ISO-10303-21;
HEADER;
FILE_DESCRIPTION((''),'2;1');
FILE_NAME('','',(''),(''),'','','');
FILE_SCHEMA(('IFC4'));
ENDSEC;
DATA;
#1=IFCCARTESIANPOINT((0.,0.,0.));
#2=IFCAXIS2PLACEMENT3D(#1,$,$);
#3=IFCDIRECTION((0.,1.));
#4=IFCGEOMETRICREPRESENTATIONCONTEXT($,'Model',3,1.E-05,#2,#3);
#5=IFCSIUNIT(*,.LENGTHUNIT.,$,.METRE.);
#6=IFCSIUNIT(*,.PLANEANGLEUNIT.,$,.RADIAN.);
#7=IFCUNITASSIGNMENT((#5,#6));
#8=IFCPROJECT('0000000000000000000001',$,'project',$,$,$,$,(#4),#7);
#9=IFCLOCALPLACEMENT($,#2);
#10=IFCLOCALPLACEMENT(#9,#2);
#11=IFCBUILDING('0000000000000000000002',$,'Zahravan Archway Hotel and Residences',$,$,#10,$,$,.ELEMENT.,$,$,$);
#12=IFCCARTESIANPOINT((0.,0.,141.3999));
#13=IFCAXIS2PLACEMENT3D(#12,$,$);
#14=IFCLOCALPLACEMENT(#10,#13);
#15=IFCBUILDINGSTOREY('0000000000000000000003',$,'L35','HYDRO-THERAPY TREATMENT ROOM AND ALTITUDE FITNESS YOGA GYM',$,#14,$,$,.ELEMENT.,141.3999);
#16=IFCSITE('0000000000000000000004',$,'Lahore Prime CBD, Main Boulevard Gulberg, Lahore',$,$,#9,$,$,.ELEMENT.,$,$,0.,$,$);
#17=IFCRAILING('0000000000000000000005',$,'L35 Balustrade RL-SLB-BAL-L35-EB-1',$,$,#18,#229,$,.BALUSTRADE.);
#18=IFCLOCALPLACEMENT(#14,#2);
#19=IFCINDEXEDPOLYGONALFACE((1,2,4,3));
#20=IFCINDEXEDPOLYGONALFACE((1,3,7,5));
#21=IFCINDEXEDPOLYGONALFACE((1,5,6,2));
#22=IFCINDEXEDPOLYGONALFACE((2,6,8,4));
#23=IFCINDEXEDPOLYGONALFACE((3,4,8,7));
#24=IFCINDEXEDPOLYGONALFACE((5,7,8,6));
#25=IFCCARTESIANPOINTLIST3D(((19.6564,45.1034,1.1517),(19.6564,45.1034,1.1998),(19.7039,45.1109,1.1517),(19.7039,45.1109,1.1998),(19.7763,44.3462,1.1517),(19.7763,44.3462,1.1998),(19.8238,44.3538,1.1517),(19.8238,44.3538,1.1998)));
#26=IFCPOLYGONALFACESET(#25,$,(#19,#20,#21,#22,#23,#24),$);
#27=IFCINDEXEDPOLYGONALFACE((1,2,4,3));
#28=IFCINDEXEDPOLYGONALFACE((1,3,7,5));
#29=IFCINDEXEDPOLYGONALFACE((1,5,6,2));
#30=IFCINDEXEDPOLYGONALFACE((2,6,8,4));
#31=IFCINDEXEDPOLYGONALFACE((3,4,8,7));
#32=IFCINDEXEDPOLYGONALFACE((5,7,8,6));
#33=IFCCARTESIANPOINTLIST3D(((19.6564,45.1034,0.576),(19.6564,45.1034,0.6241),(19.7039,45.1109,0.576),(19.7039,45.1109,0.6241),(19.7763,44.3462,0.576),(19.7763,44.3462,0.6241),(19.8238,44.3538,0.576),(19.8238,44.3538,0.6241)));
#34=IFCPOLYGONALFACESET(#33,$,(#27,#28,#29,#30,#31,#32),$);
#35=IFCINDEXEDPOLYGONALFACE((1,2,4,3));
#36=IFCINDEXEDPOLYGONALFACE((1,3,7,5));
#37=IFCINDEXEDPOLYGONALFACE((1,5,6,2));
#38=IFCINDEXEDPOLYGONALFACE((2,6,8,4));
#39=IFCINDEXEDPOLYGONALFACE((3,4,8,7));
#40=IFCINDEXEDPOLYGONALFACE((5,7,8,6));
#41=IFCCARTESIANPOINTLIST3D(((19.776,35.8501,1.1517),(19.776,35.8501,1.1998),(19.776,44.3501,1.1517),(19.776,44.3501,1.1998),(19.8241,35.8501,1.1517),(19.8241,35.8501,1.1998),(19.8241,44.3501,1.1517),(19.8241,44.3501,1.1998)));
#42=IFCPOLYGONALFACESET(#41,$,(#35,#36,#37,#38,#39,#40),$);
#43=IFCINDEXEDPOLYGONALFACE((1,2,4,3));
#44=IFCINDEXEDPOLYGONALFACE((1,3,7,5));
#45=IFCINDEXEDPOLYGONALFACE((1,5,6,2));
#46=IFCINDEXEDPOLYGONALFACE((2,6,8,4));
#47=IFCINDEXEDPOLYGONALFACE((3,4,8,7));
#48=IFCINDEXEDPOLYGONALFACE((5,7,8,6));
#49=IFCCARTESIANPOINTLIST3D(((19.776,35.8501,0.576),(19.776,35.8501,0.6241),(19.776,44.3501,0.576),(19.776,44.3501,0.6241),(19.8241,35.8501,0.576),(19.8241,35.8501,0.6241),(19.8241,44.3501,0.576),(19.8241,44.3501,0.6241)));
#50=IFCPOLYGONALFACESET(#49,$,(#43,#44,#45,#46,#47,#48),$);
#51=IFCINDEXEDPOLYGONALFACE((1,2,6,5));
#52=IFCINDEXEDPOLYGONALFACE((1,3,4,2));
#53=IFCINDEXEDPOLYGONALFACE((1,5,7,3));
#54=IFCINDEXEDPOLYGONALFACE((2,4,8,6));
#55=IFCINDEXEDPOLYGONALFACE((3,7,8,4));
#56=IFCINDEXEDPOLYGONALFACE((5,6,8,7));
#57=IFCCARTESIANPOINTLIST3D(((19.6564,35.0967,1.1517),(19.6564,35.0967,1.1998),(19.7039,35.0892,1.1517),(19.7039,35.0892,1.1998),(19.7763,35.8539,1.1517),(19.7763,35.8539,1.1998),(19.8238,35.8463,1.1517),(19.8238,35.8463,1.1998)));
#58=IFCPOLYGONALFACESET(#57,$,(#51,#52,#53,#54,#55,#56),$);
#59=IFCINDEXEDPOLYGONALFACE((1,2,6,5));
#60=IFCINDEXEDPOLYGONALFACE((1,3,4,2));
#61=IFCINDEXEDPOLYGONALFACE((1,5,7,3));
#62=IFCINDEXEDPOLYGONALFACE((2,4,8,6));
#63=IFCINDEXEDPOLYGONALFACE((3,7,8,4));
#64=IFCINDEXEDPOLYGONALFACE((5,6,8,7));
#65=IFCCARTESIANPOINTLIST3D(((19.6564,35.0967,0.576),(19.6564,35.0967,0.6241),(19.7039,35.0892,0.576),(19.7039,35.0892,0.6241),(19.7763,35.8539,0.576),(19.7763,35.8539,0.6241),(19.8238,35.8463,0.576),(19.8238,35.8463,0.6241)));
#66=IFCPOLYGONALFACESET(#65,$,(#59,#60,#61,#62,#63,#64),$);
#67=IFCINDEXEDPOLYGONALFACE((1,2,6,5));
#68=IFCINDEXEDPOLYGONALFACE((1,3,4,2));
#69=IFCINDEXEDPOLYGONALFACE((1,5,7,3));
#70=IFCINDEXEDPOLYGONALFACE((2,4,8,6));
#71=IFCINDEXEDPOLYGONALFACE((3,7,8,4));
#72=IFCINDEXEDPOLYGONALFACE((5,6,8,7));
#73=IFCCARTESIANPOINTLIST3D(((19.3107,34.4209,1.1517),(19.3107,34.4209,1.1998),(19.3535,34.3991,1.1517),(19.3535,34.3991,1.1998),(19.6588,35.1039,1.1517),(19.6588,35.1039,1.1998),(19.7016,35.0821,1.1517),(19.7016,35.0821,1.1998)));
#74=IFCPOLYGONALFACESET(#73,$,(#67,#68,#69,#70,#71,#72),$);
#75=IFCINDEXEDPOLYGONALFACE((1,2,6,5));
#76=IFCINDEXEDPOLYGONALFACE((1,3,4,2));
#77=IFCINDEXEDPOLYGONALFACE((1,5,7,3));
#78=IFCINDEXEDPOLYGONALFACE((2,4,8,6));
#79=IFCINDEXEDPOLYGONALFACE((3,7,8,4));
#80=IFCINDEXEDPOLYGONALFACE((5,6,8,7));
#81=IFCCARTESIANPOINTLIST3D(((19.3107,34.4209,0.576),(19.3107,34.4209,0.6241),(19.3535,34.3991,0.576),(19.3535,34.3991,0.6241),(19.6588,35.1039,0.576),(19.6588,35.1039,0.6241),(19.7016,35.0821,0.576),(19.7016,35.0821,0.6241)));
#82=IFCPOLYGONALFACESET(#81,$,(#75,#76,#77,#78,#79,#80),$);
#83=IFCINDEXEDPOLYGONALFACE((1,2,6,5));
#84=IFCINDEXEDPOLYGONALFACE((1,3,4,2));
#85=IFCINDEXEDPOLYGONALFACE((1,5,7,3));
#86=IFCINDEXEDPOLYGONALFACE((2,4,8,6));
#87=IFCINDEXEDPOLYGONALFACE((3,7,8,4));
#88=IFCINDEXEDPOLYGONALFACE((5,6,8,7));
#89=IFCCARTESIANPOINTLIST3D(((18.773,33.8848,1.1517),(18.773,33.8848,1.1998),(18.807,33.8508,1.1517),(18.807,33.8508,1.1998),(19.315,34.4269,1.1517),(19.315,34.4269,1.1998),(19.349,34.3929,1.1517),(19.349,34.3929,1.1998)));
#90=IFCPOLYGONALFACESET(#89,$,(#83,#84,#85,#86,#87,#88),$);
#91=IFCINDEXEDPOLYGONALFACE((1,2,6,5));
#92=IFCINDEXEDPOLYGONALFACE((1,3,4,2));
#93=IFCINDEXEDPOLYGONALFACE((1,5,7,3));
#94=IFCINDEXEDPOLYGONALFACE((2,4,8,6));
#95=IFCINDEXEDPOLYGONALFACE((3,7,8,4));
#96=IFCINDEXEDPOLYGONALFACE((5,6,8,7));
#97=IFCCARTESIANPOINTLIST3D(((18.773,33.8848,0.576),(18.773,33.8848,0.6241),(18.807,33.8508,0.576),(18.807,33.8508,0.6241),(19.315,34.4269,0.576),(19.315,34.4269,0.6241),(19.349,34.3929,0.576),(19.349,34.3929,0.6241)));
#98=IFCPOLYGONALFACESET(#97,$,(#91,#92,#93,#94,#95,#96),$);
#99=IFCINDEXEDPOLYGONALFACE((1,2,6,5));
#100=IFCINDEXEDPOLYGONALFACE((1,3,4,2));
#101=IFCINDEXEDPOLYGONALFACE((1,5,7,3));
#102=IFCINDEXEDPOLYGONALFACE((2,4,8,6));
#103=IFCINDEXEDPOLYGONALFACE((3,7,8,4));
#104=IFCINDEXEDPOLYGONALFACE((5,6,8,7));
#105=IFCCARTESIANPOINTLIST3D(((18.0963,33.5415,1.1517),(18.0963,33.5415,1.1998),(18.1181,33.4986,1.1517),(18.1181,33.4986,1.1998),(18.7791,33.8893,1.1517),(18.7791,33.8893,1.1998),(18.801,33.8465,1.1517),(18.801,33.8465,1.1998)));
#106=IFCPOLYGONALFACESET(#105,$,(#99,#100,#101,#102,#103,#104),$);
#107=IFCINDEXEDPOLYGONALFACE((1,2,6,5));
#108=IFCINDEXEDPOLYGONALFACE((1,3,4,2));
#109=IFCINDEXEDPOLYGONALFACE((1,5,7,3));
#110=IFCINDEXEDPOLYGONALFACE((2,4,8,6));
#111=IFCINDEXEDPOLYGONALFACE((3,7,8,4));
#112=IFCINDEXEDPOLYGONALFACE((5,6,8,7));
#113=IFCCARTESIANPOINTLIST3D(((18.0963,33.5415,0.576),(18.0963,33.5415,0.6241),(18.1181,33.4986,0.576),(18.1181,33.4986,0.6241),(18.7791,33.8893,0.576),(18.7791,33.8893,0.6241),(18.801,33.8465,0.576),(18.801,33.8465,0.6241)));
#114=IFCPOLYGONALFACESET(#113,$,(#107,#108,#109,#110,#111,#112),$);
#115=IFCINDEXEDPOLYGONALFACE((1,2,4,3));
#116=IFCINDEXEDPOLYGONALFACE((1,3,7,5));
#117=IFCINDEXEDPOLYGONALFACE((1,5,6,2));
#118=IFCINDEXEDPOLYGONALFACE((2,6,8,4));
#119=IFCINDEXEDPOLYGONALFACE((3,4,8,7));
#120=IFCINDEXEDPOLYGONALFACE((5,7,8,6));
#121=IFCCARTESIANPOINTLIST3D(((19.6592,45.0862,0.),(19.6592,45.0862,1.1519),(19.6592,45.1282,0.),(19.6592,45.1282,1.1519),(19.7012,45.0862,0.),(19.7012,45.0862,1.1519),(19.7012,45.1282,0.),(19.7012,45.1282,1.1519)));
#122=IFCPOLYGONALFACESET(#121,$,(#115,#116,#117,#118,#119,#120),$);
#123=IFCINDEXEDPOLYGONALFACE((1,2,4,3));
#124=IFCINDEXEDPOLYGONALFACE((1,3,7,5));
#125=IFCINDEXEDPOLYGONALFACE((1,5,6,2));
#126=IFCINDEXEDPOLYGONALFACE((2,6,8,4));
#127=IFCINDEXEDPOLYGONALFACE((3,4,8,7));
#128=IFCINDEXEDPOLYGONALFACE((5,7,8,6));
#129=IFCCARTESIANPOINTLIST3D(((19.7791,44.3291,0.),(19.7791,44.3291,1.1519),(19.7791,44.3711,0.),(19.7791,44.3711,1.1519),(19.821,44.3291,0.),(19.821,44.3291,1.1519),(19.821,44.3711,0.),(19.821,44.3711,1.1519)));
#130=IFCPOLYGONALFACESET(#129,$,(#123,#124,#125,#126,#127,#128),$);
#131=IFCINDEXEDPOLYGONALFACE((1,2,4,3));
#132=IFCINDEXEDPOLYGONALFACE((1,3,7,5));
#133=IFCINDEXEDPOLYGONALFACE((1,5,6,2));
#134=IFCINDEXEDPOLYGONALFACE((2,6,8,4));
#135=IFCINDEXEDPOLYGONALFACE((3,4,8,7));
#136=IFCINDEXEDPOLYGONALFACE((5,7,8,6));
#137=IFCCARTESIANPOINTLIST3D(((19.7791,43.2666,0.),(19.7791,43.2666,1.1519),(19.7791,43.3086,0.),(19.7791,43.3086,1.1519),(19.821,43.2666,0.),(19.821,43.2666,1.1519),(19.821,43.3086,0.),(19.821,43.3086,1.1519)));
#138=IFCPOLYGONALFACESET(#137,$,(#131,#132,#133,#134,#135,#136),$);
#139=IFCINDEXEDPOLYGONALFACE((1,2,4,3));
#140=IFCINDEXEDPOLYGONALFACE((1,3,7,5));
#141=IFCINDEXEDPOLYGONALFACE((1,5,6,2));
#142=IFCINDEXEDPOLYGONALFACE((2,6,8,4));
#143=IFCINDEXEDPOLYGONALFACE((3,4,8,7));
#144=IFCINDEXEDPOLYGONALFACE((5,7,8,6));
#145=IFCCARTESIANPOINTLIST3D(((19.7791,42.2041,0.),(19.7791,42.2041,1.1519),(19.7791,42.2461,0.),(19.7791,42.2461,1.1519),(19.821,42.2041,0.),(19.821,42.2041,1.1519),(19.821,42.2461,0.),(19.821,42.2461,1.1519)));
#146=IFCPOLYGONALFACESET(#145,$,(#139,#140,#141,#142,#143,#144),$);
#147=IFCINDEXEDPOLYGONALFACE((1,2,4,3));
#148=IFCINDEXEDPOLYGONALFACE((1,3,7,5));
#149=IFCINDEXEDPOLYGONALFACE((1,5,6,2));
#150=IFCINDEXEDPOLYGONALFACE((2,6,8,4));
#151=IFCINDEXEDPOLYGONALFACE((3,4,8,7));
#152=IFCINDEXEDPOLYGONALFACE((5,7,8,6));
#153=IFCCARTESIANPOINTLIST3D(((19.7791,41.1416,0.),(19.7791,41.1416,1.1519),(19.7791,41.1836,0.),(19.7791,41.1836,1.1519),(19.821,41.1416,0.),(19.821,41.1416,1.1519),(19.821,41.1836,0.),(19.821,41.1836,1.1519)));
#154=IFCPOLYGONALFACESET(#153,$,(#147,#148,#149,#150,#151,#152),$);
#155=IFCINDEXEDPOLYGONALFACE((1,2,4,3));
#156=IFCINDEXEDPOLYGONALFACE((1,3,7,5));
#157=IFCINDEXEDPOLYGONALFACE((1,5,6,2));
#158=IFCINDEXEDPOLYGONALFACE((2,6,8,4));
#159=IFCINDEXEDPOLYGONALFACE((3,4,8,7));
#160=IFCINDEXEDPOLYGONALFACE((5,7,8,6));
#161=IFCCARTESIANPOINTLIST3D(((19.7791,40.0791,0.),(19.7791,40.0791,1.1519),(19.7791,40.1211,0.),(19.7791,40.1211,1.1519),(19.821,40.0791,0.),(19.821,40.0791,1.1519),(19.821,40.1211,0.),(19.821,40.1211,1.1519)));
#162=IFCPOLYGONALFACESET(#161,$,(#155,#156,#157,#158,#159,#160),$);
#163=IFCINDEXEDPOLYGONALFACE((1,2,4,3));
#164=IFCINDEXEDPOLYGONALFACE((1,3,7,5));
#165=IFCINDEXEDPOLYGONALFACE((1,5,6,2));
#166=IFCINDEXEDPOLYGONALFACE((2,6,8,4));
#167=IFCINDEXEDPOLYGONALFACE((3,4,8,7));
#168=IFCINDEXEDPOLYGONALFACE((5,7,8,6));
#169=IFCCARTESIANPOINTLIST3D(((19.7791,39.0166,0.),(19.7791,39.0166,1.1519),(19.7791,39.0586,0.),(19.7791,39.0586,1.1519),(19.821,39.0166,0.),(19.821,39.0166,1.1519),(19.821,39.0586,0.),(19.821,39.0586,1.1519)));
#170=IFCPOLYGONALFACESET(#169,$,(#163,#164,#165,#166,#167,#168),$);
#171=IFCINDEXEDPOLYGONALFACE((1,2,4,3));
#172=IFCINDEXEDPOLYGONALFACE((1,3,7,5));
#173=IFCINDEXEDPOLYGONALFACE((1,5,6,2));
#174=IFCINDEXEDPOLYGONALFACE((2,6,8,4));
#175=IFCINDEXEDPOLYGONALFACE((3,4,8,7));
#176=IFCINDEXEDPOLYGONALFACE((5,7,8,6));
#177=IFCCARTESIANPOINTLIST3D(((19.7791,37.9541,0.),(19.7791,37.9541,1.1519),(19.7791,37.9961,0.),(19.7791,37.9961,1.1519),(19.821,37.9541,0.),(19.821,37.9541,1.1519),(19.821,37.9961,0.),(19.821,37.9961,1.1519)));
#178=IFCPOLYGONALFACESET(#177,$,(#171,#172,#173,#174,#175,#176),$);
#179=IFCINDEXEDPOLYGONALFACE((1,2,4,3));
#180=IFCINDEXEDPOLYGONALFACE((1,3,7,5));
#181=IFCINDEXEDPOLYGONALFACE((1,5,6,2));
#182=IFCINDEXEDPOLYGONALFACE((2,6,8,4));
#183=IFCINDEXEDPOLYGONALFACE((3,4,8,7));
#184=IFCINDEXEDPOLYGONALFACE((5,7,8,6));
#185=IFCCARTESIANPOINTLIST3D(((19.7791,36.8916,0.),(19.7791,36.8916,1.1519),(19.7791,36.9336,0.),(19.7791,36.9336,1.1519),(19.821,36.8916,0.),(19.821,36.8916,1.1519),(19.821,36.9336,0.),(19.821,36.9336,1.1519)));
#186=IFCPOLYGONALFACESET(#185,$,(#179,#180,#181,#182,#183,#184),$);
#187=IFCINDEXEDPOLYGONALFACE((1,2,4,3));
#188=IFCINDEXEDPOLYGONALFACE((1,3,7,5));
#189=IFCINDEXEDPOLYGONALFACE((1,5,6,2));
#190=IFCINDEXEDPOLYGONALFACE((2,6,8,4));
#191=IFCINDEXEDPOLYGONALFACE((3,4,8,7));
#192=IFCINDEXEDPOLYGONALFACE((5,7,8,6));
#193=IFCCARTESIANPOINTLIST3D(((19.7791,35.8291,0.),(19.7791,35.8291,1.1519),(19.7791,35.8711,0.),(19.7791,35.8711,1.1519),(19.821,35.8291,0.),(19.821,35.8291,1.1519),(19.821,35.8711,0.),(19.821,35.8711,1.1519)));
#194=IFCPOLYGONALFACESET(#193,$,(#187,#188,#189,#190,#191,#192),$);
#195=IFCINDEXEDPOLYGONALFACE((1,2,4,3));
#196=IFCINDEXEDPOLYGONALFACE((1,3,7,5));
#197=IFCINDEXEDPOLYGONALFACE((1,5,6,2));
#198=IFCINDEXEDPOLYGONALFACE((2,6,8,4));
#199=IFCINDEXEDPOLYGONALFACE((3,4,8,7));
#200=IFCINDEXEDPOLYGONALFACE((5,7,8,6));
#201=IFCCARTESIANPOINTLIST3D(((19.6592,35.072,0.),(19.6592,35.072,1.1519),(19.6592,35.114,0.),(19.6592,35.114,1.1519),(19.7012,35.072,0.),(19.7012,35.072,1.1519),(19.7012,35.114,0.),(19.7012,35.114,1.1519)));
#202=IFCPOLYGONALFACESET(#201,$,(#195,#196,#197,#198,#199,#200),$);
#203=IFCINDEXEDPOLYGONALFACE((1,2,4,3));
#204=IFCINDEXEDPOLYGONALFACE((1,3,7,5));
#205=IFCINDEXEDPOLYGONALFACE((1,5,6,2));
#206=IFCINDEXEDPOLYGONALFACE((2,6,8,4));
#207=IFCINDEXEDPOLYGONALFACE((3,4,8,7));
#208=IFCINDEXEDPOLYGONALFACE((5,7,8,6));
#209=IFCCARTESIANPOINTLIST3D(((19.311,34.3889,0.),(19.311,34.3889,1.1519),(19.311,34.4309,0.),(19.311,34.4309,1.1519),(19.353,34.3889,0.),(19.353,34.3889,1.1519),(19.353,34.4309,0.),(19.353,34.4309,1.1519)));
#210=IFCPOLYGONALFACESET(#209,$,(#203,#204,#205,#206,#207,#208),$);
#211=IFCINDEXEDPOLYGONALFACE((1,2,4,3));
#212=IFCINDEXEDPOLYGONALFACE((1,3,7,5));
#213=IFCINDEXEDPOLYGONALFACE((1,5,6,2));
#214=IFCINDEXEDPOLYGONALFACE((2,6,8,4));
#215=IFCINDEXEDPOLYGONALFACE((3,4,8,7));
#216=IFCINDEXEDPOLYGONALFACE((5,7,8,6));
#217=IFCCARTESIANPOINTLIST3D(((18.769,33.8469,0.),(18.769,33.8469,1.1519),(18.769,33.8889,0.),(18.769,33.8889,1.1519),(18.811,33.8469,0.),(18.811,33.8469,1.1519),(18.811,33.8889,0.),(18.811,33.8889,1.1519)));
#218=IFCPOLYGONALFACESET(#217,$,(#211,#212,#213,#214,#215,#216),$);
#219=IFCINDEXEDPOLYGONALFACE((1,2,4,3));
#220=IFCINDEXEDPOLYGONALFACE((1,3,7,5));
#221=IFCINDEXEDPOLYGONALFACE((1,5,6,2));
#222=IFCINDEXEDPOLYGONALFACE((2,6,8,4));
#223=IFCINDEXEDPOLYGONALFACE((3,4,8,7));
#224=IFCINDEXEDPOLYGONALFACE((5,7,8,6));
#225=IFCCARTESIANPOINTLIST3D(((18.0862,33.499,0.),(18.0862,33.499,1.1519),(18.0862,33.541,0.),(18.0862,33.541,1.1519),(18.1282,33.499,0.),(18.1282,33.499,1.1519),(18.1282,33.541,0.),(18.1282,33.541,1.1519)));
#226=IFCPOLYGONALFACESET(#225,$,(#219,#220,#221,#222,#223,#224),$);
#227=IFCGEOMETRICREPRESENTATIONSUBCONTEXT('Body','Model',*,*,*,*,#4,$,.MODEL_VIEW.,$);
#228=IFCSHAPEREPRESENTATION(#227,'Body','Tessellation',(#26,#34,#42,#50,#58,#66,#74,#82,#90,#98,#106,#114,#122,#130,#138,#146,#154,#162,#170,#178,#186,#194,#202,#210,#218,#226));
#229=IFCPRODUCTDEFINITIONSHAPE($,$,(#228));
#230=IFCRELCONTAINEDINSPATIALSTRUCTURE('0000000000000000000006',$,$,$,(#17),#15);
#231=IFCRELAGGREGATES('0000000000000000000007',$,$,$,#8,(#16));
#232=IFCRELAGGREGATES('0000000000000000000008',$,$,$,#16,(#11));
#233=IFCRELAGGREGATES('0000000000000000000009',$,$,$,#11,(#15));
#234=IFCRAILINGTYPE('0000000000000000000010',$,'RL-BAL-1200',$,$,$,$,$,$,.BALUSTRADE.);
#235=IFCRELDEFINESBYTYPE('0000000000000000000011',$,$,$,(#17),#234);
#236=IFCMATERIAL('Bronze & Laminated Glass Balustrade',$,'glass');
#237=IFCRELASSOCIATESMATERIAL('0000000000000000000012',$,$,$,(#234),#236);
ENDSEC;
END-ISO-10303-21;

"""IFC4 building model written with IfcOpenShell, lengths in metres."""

from ifc_helpers import new_model, si_unit, direction, frame, origin, origin_2d, place, context, subcontext, project, spatial, rectangle, extrude, material, type_object, element, save


model = new_model("IFC4")

# Units and contexts
model_context = context("Model", 3, precision=1e-05, world=origin(), true_north=direction((0.0, 1.0)))
body_context = subcontext(model_context, "Body", "Model", "MODEL_VIEW")
ifc_project = project(units=[si_unit("LENGTHUNIT", "METRE"), si_unit("PLANEANGLEUNIT", "RADIAN")], contexts=[model_context])

# Site, building, storey
site_placement = place(None, origin())
site = spatial("IfcSite", under=ifc_project, at=site_placement, Name="Lahore Prime CBD, Main Boulevard Gulberg, Lahore", CompositionType="ELEMENT", RefElevation=0.0)
building_placement = place(site_placement, origin())
building = spatial("IfcBuilding", under=site, at=building_placement, Name="Zahravan Archway Hotel and Residences", CompositionType="ELEMENT")
storey_placement = place(building_placement, frame((0.0, 0.0, 141.3999)))
storey = spatial("IfcBuildingStorey", under=building, at=storey_placement, Name="L35", Description="HYDRO-THERAPY TREATMENT ROOM AND ALTITUDE FITNESS YOGA GYM", CompositionType="ELEMENT", Elevation=141.3999)

# Railing
ifc_material_1 = material(Name="Bronze & Laminated Glass Balustrade", Category="glass")
railing_type = type_object("IfcRailingType", Name="RL-BAL-1200", PredefinedType="BALUSTRADE", material=ifc_material_1)
railing_placement = place(storey_placement, frame((19.6802, 45.1072, 0.0)))
element("IfcRailing", 1, at=railing_placement, inside=storey, type_object=railing_type, Name="L35 Balustrade RL-SLB-BAL-L35-EB-1", PredefinedType="BALUSTRADE", context=body_context, shape_type="SweptSolid", body=[
    extrude(rectangle(XDim=0.0481, YDim=0.0481, at=origin_2d()), frame((0.0, 0.0, 1.1758), z_axis=(0.156388, -0.987696, 0.0), x_axis=(0.987696, 0.156388, 0.0)), (0.0, 0.0, 1.0), 0.7666),
    extrude(rectangle(XDim=0.0481, YDim=0.0481, at=origin_2d()), frame((0.0, 0.0, 0.6001), z_axis=(0.156388, -0.987696, 0.0), x_axis=(0.987696, 0.156388, 0.0)), (0.0, 0.0, 1.0), 0.7666),
    extrude(rectangle(XDim=0.0481, YDim=0.0481, at=origin_2d()), frame((0.1199, -0.7571, 1.1758), z_axis=(0.0, -1.0, 0.0), x_axis=(1.0, 0.0, 0.0)), (0.0, 0.0, 1.0), 8.5),
    extrude(rectangle(XDim=0.0481, YDim=0.0481, at=origin_2d()), frame((0.1199, -0.7571, 0.6001), z_axis=(0.0, -1.0, 0.0), x_axis=(1.0, 0.0, 0.0)), (0.0, 0.0, 1.0), 8.5),
    extrude(rectangle(XDim=0.0481, YDim=0.0481, at=origin_2d()), frame((0.1199, -9.2571, 1.1758), z_axis=(-0.156388, -0.987696, 0.0), x_axis=(0.987696, -0.156388, 0.0)), (0.0, 0.0, 1.0), 0.7666),
    extrude(rectangle(XDim=0.0481, YDim=0.0481, at=origin_2d()), frame((0.1199, -9.2571, 0.6001), z_axis=(-0.156388, -0.987696, 0.0), x_axis=(0.987696, -0.156388, 0.0)), (0.0, 0.0, 1.0), 0.7666),
    extrude(rectangle(XDim=0.0481, YDim=0.0481, at=origin_2d()), frame((0.0, -10.0142, 1.1758), z_axis=(-0.454078, -0.890962, 0.0), x_axis=(0.890962, -0.454078, 0.0)), (0.0, 0.0, 1.0), 0.7666),
    extrude(rectangle(XDim=0.0481, YDim=0.0481, at=origin_2d()), frame((0.0, -10.0142, 0.6001), z_axis=(-0.454078, -0.890962, 0.0), x_axis=(0.890962, -0.454078, 0.0)), (0.0, 0.0, 1.0), 0.7666),
    extrude(rectangle(XDim=0.0481, YDim=0.0481, at=origin_2d()), frame((-0.3481, -10.6973, 1.1758), z_axis=(-0.707107, -0.707107, 0.0), x_axis=(0.707107, -0.707107, 0.0)), (0.0, 0.0, 1.0), 0.7666),
    extrude(rectangle(XDim=0.0481, YDim=0.0481, at=origin_2d()), frame((-0.3481, -10.6973, 0.6001), z_axis=(-0.707107, -0.707107, 0.0), x_axis=(0.707107, -0.707107, 0.0)), (0.0, 0.0, 1.0), 0.7666),
    extrude(rectangle(XDim=0.0481, YDim=0.0481, at=origin_2d()), frame((-0.8901, -11.2393, 1.1758), z_axis=(-0.891025, -0.453954, 0.0), x_axis=(0.453954, -0.891025, 0.0)), (0.0, 0.0, 1.0), 0.7664),
    extrude(rectangle(XDim=0.0481, YDim=0.0481, at=origin_2d()), frame((-0.8901, -11.2393, 0.6001), z_axis=(-0.891025, -0.453954, 0.0), x_axis=(0.453954, -0.891025, 0.0)), (0.0, 0.0, 1.0), 0.7664),
    extrude(rectangle(XDim=0.042, YDim=0.042, at=origin_2d()), origin(), (0.0, 0.0, 1.0), 1.1519),
    extrude(rectangle(XDim=0.042, YDim=0.042, at=origin_2d()), frame((0.1199, -0.7571, 0.0)), (0.0, 0.0, 1.0), 1.1519),
    extrude(rectangle(XDim=0.042, YDim=0.042, at=origin_2d()), frame((0.1199, -1.8196, 0.0)), (0.0, 0.0, 1.0), 1.1519),
    extrude(rectangle(XDim=0.042, YDim=0.042, at=origin_2d()), frame((0.1199, -2.8821, 0.0)), (0.0, 0.0, 1.0), 1.1519),
    extrude(rectangle(XDim=0.042, YDim=0.042, at=origin_2d()), frame((0.1199, -3.9446, 0.0)), (0.0, 0.0, 1.0), 1.1519),
    extrude(rectangle(XDim=0.042, YDim=0.042, at=origin_2d()), frame((0.1199, -5.0071, 0.0)), (0.0, 0.0, 1.0), 1.1519),
    extrude(rectangle(XDim=0.042, YDim=0.042, at=origin_2d()), frame((0.1199, -6.0696, 0.0)), (0.0, 0.0, 1.0), 1.1519),
    extrude(rectangle(XDim=0.042, YDim=0.042, at=origin_2d()), frame((0.1199, -7.1321, 0.0)), (0.0, 0.0, 1.0), 1.1519),
    extrude(rectangle(XDim=0.042, YDim=0.042, at=origin_2d()), frame((0.1199, -8.1946, 0.0)), (0.0, 0.0, 1.0), 1.1519),
    extrude(rectangle(XDim=0.042, YDim=0.042, at=origin_2d()), frame((0.1199, -9.2571, 0.0)), (0.0, 0.0, 1.0), 1.1519),
    extrude(rectangle(XDim=0.042, YDim=0.042, at=origin_2d()), frame((0.0, -10.0142, 0.0)), (0.0, 0.0, 1.0), 1.1519),
    extrude(rectangle(XDim=0.042, YDim=0.042, at=origin_2d()), frame((-0.3481, -10.6973, 0.0)), (0.0, 0.0, 1.0), 1.1519),
    extrude(rectangle(XDim=0.042, YDim=0.042, at=origin_2d()), frame((-0.8901, -11.2393, 0.0)), (0.0, 0.0, 1.0), 1.1519),
    extrude(rectangle(XDim=0.042, YDim=0.042, at=origin_2d()), frame((-1.573, -11.5872, 0.0)), (0.0, 0.0, 1.0), 1.1519),
])

save(model, "model.ifc")
